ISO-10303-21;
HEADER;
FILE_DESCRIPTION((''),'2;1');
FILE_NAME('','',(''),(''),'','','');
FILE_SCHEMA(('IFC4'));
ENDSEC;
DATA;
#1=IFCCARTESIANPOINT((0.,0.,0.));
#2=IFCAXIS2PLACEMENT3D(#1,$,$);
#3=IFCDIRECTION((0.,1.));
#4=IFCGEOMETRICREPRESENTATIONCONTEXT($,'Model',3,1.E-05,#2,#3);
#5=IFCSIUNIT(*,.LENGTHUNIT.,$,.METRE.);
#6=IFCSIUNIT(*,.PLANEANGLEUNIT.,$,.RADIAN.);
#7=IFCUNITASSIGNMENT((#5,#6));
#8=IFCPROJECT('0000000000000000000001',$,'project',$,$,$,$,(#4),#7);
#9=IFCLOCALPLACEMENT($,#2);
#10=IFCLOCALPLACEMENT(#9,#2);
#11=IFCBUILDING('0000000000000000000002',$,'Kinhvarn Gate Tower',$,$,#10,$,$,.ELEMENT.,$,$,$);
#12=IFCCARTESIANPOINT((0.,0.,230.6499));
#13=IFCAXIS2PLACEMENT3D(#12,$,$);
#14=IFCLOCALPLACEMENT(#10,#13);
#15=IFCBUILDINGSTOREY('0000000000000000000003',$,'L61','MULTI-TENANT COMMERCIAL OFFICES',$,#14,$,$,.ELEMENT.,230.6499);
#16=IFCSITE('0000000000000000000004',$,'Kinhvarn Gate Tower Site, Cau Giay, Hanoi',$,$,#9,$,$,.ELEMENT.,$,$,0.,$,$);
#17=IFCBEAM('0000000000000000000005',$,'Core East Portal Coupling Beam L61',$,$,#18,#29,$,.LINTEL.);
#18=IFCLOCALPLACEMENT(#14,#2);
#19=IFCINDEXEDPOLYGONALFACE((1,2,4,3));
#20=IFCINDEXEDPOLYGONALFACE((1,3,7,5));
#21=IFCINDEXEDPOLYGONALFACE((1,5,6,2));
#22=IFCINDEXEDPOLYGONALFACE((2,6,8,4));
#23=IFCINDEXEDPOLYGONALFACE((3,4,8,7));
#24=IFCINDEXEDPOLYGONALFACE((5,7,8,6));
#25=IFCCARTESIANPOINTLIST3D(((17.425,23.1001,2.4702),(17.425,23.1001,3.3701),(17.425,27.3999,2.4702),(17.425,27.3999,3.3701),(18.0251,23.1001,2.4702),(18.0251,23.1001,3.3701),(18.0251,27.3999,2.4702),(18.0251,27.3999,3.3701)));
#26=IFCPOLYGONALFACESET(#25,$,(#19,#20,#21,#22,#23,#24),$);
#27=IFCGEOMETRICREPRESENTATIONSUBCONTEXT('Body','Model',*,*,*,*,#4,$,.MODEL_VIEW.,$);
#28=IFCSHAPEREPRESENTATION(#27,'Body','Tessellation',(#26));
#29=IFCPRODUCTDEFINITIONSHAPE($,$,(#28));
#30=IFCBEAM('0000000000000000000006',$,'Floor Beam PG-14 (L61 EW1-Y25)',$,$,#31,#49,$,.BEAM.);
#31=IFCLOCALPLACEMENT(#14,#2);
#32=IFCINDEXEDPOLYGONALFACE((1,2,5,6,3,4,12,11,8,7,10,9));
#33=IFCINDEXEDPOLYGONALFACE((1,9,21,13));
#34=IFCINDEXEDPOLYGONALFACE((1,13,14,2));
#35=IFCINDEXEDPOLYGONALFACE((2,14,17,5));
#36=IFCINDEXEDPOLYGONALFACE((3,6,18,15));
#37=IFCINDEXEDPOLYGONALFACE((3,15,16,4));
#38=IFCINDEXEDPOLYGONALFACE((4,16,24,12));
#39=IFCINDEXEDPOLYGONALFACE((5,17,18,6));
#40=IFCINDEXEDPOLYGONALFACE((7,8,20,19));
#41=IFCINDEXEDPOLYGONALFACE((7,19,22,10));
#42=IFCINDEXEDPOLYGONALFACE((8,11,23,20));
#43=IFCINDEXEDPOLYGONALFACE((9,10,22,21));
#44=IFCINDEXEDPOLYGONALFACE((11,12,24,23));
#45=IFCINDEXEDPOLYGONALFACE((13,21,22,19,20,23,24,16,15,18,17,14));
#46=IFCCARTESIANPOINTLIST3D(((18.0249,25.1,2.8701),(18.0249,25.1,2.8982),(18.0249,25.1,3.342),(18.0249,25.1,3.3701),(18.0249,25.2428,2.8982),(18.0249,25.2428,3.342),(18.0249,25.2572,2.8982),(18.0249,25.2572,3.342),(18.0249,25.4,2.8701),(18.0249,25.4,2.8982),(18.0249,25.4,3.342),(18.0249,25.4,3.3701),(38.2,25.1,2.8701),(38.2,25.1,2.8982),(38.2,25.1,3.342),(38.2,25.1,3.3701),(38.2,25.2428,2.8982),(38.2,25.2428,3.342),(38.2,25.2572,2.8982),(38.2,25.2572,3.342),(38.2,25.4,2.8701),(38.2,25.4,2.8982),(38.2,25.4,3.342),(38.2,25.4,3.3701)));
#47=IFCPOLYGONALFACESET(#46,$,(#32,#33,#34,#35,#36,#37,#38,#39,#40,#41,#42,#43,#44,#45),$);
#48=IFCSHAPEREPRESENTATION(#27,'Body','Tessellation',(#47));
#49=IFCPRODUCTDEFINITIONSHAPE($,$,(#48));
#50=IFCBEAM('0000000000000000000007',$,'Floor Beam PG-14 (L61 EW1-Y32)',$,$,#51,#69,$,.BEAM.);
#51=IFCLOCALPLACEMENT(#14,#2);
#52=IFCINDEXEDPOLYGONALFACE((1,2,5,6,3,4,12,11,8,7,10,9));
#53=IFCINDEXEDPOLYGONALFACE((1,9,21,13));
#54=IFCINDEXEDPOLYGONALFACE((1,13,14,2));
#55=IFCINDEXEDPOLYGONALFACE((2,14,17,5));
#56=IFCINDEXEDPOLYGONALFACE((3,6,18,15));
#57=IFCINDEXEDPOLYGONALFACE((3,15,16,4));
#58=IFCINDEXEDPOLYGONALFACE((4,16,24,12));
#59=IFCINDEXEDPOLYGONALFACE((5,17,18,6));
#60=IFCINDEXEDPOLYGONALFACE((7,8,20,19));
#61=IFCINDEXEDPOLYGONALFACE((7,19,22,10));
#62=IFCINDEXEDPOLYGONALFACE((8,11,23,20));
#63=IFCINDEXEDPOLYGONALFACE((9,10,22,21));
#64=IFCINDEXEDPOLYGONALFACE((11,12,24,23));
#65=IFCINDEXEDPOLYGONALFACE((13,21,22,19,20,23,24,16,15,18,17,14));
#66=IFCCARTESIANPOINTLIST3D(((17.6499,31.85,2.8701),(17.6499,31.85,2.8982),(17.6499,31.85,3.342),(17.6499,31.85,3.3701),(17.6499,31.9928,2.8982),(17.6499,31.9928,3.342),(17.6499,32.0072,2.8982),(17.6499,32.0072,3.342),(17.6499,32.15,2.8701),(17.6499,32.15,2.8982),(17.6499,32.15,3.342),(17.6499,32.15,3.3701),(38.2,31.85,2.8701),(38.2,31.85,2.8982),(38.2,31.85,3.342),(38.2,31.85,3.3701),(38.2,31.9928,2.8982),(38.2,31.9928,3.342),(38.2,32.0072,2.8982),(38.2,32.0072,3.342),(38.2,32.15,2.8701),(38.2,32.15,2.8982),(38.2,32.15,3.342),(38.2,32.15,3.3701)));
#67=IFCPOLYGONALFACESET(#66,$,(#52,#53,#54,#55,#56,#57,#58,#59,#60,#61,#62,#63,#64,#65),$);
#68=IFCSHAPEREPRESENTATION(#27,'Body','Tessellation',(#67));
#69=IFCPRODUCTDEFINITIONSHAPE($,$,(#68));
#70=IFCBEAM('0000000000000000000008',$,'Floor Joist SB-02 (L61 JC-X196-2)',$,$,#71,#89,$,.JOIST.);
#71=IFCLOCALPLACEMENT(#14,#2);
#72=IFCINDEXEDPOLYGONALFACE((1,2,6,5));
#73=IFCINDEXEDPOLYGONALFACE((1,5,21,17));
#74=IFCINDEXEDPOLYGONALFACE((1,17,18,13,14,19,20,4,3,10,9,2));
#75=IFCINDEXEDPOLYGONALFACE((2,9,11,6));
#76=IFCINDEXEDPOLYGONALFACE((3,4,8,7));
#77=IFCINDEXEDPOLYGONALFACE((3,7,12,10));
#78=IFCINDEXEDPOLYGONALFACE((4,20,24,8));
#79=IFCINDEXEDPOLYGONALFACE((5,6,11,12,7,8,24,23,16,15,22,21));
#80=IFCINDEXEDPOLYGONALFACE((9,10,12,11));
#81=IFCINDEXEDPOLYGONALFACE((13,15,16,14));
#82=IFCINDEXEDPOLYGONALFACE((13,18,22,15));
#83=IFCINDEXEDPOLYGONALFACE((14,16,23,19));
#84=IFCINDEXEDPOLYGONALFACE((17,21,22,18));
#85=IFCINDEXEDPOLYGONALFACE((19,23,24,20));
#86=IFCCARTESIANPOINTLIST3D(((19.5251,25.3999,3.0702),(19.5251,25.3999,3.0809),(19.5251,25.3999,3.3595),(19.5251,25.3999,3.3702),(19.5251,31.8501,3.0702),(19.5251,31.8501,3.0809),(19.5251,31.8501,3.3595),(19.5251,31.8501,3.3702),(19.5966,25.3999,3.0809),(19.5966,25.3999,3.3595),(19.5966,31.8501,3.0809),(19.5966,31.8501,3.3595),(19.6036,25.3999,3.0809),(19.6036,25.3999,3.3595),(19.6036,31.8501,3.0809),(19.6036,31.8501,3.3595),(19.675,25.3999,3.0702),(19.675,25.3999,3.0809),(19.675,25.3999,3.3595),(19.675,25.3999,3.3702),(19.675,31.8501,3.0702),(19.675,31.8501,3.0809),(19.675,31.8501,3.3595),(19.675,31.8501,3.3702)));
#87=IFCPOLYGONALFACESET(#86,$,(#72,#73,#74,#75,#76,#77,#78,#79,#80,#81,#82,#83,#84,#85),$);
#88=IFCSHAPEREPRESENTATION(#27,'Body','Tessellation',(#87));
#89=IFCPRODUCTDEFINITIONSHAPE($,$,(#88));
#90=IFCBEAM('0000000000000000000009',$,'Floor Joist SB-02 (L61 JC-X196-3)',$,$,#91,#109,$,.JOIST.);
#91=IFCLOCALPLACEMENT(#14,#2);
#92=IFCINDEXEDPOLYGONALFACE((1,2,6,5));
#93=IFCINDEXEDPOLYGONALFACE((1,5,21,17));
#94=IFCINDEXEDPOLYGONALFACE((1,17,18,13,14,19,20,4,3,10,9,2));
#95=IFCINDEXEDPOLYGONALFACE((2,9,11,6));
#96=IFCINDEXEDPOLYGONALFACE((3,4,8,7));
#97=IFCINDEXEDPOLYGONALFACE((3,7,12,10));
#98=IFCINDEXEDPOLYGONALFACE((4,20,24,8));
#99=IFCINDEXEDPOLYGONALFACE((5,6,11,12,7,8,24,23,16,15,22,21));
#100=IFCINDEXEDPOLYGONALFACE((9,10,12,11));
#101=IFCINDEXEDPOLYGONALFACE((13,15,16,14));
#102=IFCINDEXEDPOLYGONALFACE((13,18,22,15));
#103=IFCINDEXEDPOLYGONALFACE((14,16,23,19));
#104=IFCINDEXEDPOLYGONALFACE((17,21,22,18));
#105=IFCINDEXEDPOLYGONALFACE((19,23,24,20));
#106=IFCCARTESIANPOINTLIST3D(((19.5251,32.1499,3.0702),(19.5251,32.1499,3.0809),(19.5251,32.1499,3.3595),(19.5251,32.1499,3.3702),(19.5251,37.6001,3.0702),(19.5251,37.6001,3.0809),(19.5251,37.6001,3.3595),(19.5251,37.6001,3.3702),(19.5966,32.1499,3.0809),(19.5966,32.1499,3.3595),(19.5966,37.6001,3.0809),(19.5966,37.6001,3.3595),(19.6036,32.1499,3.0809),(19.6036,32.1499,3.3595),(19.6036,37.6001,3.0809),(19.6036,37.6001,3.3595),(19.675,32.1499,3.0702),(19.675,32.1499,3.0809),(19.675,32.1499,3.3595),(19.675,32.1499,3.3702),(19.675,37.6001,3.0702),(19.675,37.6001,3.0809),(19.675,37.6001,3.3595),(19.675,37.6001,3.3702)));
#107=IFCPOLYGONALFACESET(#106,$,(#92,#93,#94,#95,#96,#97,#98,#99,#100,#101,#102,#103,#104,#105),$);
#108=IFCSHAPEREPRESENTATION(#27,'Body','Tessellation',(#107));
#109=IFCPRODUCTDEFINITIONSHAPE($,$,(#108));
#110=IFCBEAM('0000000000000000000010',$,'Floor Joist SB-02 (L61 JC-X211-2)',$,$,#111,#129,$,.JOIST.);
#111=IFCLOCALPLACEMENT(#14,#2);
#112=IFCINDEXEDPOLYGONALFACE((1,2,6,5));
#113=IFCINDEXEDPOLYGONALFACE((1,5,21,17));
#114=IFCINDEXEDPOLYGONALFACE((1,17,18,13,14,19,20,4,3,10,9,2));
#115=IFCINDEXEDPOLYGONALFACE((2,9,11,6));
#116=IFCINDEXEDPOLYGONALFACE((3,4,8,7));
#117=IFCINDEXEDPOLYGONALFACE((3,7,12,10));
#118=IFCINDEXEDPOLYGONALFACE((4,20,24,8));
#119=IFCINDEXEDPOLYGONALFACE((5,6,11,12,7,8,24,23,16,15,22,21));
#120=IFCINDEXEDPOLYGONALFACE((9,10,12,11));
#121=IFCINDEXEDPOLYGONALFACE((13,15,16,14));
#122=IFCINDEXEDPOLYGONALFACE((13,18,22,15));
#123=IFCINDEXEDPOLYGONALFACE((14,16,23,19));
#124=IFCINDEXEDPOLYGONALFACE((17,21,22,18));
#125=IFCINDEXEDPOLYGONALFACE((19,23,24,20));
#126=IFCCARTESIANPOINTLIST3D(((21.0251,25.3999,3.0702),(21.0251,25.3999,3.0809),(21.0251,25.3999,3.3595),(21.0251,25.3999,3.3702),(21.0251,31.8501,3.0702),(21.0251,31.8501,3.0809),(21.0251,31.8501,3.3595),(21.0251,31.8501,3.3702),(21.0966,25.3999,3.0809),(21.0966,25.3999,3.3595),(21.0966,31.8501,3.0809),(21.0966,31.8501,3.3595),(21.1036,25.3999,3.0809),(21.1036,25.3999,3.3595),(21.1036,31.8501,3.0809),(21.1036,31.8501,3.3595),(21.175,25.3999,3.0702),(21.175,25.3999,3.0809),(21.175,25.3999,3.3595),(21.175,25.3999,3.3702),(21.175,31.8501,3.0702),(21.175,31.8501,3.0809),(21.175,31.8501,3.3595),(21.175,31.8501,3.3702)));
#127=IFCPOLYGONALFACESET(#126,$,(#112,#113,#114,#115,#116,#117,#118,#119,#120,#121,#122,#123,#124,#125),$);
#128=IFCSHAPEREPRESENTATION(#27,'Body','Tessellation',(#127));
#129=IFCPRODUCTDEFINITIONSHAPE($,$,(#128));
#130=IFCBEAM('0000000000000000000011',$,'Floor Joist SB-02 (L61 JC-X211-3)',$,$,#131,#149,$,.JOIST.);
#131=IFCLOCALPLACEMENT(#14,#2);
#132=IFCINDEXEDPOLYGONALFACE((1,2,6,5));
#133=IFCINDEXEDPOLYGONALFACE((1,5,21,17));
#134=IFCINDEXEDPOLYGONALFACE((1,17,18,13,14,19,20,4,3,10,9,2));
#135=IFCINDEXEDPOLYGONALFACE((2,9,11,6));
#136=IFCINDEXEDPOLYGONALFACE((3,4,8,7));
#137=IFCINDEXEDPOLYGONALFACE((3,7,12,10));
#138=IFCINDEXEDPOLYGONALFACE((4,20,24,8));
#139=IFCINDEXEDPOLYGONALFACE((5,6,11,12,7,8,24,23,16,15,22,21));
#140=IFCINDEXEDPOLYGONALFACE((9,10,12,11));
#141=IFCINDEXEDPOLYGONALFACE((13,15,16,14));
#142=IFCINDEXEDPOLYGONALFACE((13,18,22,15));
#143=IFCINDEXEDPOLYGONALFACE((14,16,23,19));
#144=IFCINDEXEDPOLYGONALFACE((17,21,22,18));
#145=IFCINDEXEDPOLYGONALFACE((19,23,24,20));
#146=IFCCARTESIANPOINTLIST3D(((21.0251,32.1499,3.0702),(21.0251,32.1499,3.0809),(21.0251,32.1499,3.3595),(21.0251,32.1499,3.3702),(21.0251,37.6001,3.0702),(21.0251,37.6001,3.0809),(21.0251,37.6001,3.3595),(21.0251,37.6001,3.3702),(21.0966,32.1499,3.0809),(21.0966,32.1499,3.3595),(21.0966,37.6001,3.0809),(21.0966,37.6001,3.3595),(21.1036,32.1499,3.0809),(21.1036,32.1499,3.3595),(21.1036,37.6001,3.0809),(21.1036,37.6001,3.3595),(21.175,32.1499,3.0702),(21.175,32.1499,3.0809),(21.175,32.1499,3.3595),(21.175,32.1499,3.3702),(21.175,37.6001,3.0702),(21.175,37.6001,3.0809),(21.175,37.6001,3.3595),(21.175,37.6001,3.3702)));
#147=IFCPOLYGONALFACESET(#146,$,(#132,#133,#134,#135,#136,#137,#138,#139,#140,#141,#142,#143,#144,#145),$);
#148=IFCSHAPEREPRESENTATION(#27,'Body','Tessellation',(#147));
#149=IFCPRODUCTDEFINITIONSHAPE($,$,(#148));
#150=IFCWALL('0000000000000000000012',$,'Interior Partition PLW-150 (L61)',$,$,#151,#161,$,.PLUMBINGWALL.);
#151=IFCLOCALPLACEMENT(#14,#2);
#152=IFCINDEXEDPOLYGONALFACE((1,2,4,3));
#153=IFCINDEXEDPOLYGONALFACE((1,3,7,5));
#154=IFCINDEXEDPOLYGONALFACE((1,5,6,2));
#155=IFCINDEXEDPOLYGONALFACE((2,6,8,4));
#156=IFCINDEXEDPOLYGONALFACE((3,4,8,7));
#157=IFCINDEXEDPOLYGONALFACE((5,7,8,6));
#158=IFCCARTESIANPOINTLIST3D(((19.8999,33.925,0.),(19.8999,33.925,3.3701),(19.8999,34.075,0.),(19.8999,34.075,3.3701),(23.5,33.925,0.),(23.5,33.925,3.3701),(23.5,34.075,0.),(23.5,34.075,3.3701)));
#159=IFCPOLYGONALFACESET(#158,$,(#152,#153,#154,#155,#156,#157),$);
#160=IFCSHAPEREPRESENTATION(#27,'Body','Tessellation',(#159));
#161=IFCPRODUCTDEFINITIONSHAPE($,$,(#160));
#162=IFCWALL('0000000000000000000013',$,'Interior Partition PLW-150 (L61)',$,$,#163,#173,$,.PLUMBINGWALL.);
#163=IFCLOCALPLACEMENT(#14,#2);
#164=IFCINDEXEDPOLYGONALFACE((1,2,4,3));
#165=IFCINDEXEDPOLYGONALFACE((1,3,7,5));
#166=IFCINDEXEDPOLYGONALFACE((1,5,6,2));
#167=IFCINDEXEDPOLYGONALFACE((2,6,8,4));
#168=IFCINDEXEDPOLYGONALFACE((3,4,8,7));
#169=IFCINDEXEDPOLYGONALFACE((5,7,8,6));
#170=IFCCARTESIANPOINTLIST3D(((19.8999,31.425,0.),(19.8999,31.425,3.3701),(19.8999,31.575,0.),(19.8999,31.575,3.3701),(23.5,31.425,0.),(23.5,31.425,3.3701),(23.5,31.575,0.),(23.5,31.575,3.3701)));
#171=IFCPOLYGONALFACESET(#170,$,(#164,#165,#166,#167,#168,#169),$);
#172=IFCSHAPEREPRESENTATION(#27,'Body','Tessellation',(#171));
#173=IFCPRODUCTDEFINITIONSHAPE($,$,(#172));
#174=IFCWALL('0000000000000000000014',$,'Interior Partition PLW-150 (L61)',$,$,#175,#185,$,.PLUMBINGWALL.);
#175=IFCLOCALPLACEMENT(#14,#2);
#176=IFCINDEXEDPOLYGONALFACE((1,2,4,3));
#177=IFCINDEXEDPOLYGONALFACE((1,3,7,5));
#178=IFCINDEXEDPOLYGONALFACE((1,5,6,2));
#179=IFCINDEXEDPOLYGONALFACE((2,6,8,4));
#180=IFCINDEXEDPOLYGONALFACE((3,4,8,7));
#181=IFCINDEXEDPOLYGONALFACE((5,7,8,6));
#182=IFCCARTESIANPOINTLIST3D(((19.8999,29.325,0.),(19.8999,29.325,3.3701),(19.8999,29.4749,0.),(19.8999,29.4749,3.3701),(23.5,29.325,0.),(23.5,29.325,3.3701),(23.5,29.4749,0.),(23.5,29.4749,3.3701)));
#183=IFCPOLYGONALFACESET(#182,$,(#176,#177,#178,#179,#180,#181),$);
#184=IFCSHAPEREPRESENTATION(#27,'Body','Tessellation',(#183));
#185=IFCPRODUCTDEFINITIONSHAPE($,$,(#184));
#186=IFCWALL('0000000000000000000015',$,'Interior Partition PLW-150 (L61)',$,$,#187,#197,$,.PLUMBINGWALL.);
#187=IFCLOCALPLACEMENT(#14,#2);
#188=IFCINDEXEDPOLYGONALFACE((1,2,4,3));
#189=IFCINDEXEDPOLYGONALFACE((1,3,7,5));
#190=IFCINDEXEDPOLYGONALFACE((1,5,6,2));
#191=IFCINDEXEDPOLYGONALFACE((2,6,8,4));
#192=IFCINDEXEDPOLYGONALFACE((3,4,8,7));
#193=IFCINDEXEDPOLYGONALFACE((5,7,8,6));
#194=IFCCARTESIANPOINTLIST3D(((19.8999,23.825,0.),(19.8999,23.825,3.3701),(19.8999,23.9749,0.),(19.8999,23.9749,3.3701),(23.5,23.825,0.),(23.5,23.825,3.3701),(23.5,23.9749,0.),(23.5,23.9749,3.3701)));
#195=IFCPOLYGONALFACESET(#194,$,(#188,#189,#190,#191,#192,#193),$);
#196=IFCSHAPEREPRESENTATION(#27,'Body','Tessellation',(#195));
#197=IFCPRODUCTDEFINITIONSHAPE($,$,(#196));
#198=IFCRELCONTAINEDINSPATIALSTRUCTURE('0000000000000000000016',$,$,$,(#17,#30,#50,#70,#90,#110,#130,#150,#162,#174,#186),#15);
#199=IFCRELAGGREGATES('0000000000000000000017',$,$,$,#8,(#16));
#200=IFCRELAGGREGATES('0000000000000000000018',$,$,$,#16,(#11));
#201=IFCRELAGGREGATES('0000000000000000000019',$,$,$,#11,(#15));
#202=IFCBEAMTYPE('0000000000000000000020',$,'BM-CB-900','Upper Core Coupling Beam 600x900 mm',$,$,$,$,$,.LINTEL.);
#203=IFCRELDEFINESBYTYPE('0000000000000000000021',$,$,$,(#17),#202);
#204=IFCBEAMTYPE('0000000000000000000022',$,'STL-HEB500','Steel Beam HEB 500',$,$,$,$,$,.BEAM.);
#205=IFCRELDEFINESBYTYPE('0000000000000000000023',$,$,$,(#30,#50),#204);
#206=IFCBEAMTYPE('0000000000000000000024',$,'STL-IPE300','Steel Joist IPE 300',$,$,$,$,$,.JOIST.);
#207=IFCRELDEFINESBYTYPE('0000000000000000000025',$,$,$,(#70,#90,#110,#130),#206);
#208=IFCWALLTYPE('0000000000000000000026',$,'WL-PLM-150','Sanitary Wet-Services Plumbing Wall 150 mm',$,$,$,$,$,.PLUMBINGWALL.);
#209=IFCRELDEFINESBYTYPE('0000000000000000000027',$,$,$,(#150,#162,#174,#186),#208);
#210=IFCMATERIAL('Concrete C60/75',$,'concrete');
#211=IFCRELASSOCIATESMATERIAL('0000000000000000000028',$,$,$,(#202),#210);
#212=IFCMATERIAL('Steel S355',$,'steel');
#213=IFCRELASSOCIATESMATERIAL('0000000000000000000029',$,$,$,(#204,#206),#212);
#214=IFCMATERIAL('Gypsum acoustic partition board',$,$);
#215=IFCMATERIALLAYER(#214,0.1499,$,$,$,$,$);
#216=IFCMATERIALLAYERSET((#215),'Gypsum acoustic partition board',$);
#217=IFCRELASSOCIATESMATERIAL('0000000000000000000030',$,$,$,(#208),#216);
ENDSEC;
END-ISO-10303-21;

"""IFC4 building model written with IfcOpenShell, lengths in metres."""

from ifc_helpers import new_model, si_unit, direction, frame, frame_2d, origin, origin_2d, place, context, subcontext, project, spatial, rectangle, i_section, extrude, material, layer, layer_set, material_profile, profile_set, type_object, element, save


model = new_model("IFC4")

# Units and contexts
model_context = context("Model", 3, precision=1e-05, world=origin(), true_north=direction((0.0, 1.0)))
body_context = subcontext(model_context, "Body", "Model", "MODEL_VIEW")
ifc_project = project(units=[si_unit("LENGTHUNIT", "METRE"), si_unit("PLANEANGLEUNIT", "RADIAN")], contexts=[model_context])

# Site, building, storey
site_placement = place(None, origin())
site = spatial("IfcSite", under=ifc_project, at=site_placement, Name="Kinhvarn Gate Tower Site, Cau Giay, Hanoi", CompositionType="ELEMENT", RefElevation=0.0)
building_placement = place(site_placement, origin())
building = spatial("IfcBuilding", under=site, at=building_placement, Name="Kinhvarn Gate Tower", CompositionType="ELEMENT")
storey_placement = place(building_placement, frame((0.0, 0.0, 230.6499)))
storey = spatial("IfcBuildingStorey", under=building, at=storey_placement, Name="L61", Description="MULTI-TENANT COMMERCIAL OFFICES", CompositionType="ELEMENT", Elevation=230.6499)

# Beams
ifc_material_1 = material(Name="Concrete C60/75", Category="concrete")
ifc_material_profile_1 = material_profile(ifc_material_1, rectangle(XDim=0.6001, YDim=0.8999, at=origin_2d()), Name="RC 600x900")
ifc_profile_set_1 = profile_set([ifc_material_profile_1], Name="Concrete C60/75")
beam_type_1 = type_object("IfcBeamType", Name="BM-CB-900", Description="Upper Core Coupling Beam 600x900 mm", PredefinedType="LINTEL", material=ifc_profile_set_1)
beam_1_placement = place(storey_placement, frame((17.7251, 23.1001, 2.9202), z_axis=(0.0, 1.0, 0.0), x_axis=(-1.0, 0.0, 0.0)))
element("IfcBeam", 1, at=beam_1_placement, inside=storey, type_object=beam_type_1, Name="Core East Portal Coupling Beam L61", PredefinedType="LINTEL", context=body_context, shape_type="SweptSolid", body=[
    extrude(rectangle(XDim=0.6001, YDim=0.8999, at=origin_2d()), origin(), (0.0, 0.0, 1.0), 4.2998),
])
ifc_material_2 = material(Name="Steel S355", Category="steel")
ifc_material_profile_2 = material_profile(ifc_material_2, i_section(OverallWidth=0.3, OverallDepth=0.5, WebThickness=0.0144, FlangeThickness=0.0281, at=origin_2d()), Name="HEB 500")
ifc_profile_set_2 = profile_set([ifc_material_profile_2], Name="Steel S355")
beam_type_2 = type_object("IfcBeamType", Name="STL-HEB500", Description="Steel Beam HEB 500", PredefinedType="BEAM", material=ifc_profile_set_2)
beam_2_placement = place(storey_placement, frame((18.0249, 25.25, 3.1201), z_axis=(1.0, 0.0, 0.0), x_axis=(0.0, 1.0, 0.0)))
element("IfcBeam", 2, at=beam_2_placement, inside=storey, type_object=beam_type_2, Name="Floor Beam PG-14 (L61 EW1-Y25)", PredefinedType="BEAM", context=body_context, shape_type="SweptSolid", body=[
    extrude(i_section(OverallWidth=0.3, OverallDepth=0.5, WebThickness=0.0144, FlangeThickness=0.0281, at=origin_2d()), origin(), (0.0, 0.0, 1.0), 20.175),
])
beam_3_placement = place(storey_placement, frame((17.6499, 32.0, 3.1201), z_axis=(1.0, 0.0, 0.0), x_axis=(0.0, 1.0, 0.0)))
element("IfcBeam", 3, at=beam_3_placement, inside=storey, type_object=beam_type_2, Name="Floor Beam PG-14 (L61 EW1-Y32)", PredefinedType="BEAM", context=body_context, shape_type="SweptSolid", body=[
    extrude(i_section(OverallWidth=0.3, OverallDepth=0.5, WebThickness=0.0144, FlangeThickness=0.0281, at=origin_2d()), origin(), (0.0, 0.0, 1.0), 20.55),
])
ifc_material_profile_3 = material_profile(ifc_material_2, i_section(OverallWidth=0.1499, OverallDepth=0.3, WebThickness=0.0071, FlangeThickness=0.0107, at=origin_2d()), Name="IPE 300")
ifc_profile_set_3 = profile_set([ifc_material_profile_3], Name="Steel S355")
beam_type_3 = type_object("IfcBeamType", Name="STL-IPE300", Description="Steel Joist IPE 300", PredefinedType="JOIST", material=ifc_profile_set_3)
beam_4_placement = place(storey_placement, frame((19.6001, 25.3999, 3.2202), z_axis=(0.0, 1.0, 0.0), x_axis=(-1.0, 0.0, 0.0)))
element("IfcBeam", 4, at=beam_4_placement, inside=storey, type_object=beam_type_3, Name="Floor Joist SB-02 (L61 JC-X196-2)", PredefinedType="JOIST", context=body_context, shape_type="SweptSolid", body=[
    extrude(i_section(OverallWidth=0.1499, OverallDepth=0.3, WebThickness=0.0071, FlangeThickness=0.0107, at=origin_2d()), origin(), (0.0, 0.0, 1.0), 6.4502),
])
beam_5_placement = place(storey_placement, frame((19.6001, 32.1499, 3.2202), z_axis=(0.0, 1.0, 0.0), x_axis=(-1.0, 0.0, 0.0)))
element("IfcBeam", 5, at=beam_5_placement, inside=storey, type_object=beam_type_3, Name="Floor Joist SB-02 (L61 JC-X196-3)", PredefinedType="JOIST", context=body_context, shape_type="SweptSolid", body=[
    extrude(i_section(OverallWidth=0.1499, OverallDepth=0.3, WebThickness=0.0071, FlangeThickness=0.0107, at=origin_2d()), origin(), (0.0, 0.0, 1.0), 5.4502),
])
beam_6_placement = place(storey_placement, frame((21.1001, 25.3999, 3.2202), z_axis=(0.0, 1.0, 0.0), x_axis=(-1.0, 0.0, 0.0)))
element("IfcBeam", 6, at=beam_6_placement, inside=storey, type_object=beam_type_3, Name="Floor Joist SB-02 (L61 JC-X211-2)", PredefinedType="JOIST", context=body_context, shape_type="SweptSolid", body=[
    extrude(i_section(OverallWidth=0.1499, OverallDepth=0.3, WebThickness=0.0071, FlangeThickness=0.0107, at=origin_2d()), origin(), (0.0, 0.0, 1.0), 6.4502),
])
beam_7_placement = place(storey_placement, frame((21.1001, 32.1499, 3.2202), z_axis=(0.0, 1.0, 0.0), x_axis=(-1.0, 0.0, 0.0)))
element("IfcBeam", 7, at=beam_7_placement, inside=storey, type_object=beam_type_3, Name="Floor Joist SB-02 (L61 JC-X211-3)", PredefinedType="JOIST", context=body_context, shape_type="SweptSolid", body=[
    extrude(i_section(OverallWidth=0.1499, OverallDepth=0.3, WebThickness=0.0071, FlangeThickness=0.0107, at=origin_2d()), origin(), (0.0, 0.0, 1.0), 5.4502),
])

# Walls
ifc_material_3 = material(Name="Gypsum acoustic partition board")
ifc_layer_1 = layer(ifc_material_3, 0.1499)
ifc_layer_set_1 = layer_set([ifc_layer_1], Name="Gypsum acoustic partition board")
wall_type_1 = type_object("IfcWallType", Name="WL-PLM-150", Description="Sanitary Wet-Services Plumbing Wall 150 mm", PredefinedType="PLUMBINGWALL", material=ifc_layer_set_1)
for number, where, z_axis, x_axis, name in (
    (8, (19.8999, 34.0, 0.0), (0.0, 0.0, 1.0), (1.0, 0.0, 0.0), "Interior Partition PLW-150 (L61)"),
    (9, (19.8999, 31.5, 0.0), (0.0, 0.0, 1.0), (1.0, 0.0, 0.0), "Interior Partition PLW-150 (L61)"),
    (10, (19.8999, 29.3999, 0.0), (0.0, 0.0, 1.0), (1.0, 0.0, 0.0), "Interior Partition PLW-150 (L61)"),
    (11, (19.8999, 23.8999, 0.0), (0.0, 0.0, 1.0), (1.0, 0.0, 0.0), "Interior Partition PLW-150 (L61)"),
):
    element("IfcWall", number, at=place(storey_placement, frame(where, z_axis=z_axis, x_axis=x_axis)), inside=storey, type_object=wall_type_1, Name=name, PredefinedType="PLUMBINGWALL", context=body_context, shape_type="SweptSolid", body=[
        extrude(rectangle(XDim=3.6001, YDim=0.1499, at=frame_2d((1.8, 0.0))), origin(), (0.0, 0.0, 1.0), 3.3701),
    ])

save(model, "model.ifc")
